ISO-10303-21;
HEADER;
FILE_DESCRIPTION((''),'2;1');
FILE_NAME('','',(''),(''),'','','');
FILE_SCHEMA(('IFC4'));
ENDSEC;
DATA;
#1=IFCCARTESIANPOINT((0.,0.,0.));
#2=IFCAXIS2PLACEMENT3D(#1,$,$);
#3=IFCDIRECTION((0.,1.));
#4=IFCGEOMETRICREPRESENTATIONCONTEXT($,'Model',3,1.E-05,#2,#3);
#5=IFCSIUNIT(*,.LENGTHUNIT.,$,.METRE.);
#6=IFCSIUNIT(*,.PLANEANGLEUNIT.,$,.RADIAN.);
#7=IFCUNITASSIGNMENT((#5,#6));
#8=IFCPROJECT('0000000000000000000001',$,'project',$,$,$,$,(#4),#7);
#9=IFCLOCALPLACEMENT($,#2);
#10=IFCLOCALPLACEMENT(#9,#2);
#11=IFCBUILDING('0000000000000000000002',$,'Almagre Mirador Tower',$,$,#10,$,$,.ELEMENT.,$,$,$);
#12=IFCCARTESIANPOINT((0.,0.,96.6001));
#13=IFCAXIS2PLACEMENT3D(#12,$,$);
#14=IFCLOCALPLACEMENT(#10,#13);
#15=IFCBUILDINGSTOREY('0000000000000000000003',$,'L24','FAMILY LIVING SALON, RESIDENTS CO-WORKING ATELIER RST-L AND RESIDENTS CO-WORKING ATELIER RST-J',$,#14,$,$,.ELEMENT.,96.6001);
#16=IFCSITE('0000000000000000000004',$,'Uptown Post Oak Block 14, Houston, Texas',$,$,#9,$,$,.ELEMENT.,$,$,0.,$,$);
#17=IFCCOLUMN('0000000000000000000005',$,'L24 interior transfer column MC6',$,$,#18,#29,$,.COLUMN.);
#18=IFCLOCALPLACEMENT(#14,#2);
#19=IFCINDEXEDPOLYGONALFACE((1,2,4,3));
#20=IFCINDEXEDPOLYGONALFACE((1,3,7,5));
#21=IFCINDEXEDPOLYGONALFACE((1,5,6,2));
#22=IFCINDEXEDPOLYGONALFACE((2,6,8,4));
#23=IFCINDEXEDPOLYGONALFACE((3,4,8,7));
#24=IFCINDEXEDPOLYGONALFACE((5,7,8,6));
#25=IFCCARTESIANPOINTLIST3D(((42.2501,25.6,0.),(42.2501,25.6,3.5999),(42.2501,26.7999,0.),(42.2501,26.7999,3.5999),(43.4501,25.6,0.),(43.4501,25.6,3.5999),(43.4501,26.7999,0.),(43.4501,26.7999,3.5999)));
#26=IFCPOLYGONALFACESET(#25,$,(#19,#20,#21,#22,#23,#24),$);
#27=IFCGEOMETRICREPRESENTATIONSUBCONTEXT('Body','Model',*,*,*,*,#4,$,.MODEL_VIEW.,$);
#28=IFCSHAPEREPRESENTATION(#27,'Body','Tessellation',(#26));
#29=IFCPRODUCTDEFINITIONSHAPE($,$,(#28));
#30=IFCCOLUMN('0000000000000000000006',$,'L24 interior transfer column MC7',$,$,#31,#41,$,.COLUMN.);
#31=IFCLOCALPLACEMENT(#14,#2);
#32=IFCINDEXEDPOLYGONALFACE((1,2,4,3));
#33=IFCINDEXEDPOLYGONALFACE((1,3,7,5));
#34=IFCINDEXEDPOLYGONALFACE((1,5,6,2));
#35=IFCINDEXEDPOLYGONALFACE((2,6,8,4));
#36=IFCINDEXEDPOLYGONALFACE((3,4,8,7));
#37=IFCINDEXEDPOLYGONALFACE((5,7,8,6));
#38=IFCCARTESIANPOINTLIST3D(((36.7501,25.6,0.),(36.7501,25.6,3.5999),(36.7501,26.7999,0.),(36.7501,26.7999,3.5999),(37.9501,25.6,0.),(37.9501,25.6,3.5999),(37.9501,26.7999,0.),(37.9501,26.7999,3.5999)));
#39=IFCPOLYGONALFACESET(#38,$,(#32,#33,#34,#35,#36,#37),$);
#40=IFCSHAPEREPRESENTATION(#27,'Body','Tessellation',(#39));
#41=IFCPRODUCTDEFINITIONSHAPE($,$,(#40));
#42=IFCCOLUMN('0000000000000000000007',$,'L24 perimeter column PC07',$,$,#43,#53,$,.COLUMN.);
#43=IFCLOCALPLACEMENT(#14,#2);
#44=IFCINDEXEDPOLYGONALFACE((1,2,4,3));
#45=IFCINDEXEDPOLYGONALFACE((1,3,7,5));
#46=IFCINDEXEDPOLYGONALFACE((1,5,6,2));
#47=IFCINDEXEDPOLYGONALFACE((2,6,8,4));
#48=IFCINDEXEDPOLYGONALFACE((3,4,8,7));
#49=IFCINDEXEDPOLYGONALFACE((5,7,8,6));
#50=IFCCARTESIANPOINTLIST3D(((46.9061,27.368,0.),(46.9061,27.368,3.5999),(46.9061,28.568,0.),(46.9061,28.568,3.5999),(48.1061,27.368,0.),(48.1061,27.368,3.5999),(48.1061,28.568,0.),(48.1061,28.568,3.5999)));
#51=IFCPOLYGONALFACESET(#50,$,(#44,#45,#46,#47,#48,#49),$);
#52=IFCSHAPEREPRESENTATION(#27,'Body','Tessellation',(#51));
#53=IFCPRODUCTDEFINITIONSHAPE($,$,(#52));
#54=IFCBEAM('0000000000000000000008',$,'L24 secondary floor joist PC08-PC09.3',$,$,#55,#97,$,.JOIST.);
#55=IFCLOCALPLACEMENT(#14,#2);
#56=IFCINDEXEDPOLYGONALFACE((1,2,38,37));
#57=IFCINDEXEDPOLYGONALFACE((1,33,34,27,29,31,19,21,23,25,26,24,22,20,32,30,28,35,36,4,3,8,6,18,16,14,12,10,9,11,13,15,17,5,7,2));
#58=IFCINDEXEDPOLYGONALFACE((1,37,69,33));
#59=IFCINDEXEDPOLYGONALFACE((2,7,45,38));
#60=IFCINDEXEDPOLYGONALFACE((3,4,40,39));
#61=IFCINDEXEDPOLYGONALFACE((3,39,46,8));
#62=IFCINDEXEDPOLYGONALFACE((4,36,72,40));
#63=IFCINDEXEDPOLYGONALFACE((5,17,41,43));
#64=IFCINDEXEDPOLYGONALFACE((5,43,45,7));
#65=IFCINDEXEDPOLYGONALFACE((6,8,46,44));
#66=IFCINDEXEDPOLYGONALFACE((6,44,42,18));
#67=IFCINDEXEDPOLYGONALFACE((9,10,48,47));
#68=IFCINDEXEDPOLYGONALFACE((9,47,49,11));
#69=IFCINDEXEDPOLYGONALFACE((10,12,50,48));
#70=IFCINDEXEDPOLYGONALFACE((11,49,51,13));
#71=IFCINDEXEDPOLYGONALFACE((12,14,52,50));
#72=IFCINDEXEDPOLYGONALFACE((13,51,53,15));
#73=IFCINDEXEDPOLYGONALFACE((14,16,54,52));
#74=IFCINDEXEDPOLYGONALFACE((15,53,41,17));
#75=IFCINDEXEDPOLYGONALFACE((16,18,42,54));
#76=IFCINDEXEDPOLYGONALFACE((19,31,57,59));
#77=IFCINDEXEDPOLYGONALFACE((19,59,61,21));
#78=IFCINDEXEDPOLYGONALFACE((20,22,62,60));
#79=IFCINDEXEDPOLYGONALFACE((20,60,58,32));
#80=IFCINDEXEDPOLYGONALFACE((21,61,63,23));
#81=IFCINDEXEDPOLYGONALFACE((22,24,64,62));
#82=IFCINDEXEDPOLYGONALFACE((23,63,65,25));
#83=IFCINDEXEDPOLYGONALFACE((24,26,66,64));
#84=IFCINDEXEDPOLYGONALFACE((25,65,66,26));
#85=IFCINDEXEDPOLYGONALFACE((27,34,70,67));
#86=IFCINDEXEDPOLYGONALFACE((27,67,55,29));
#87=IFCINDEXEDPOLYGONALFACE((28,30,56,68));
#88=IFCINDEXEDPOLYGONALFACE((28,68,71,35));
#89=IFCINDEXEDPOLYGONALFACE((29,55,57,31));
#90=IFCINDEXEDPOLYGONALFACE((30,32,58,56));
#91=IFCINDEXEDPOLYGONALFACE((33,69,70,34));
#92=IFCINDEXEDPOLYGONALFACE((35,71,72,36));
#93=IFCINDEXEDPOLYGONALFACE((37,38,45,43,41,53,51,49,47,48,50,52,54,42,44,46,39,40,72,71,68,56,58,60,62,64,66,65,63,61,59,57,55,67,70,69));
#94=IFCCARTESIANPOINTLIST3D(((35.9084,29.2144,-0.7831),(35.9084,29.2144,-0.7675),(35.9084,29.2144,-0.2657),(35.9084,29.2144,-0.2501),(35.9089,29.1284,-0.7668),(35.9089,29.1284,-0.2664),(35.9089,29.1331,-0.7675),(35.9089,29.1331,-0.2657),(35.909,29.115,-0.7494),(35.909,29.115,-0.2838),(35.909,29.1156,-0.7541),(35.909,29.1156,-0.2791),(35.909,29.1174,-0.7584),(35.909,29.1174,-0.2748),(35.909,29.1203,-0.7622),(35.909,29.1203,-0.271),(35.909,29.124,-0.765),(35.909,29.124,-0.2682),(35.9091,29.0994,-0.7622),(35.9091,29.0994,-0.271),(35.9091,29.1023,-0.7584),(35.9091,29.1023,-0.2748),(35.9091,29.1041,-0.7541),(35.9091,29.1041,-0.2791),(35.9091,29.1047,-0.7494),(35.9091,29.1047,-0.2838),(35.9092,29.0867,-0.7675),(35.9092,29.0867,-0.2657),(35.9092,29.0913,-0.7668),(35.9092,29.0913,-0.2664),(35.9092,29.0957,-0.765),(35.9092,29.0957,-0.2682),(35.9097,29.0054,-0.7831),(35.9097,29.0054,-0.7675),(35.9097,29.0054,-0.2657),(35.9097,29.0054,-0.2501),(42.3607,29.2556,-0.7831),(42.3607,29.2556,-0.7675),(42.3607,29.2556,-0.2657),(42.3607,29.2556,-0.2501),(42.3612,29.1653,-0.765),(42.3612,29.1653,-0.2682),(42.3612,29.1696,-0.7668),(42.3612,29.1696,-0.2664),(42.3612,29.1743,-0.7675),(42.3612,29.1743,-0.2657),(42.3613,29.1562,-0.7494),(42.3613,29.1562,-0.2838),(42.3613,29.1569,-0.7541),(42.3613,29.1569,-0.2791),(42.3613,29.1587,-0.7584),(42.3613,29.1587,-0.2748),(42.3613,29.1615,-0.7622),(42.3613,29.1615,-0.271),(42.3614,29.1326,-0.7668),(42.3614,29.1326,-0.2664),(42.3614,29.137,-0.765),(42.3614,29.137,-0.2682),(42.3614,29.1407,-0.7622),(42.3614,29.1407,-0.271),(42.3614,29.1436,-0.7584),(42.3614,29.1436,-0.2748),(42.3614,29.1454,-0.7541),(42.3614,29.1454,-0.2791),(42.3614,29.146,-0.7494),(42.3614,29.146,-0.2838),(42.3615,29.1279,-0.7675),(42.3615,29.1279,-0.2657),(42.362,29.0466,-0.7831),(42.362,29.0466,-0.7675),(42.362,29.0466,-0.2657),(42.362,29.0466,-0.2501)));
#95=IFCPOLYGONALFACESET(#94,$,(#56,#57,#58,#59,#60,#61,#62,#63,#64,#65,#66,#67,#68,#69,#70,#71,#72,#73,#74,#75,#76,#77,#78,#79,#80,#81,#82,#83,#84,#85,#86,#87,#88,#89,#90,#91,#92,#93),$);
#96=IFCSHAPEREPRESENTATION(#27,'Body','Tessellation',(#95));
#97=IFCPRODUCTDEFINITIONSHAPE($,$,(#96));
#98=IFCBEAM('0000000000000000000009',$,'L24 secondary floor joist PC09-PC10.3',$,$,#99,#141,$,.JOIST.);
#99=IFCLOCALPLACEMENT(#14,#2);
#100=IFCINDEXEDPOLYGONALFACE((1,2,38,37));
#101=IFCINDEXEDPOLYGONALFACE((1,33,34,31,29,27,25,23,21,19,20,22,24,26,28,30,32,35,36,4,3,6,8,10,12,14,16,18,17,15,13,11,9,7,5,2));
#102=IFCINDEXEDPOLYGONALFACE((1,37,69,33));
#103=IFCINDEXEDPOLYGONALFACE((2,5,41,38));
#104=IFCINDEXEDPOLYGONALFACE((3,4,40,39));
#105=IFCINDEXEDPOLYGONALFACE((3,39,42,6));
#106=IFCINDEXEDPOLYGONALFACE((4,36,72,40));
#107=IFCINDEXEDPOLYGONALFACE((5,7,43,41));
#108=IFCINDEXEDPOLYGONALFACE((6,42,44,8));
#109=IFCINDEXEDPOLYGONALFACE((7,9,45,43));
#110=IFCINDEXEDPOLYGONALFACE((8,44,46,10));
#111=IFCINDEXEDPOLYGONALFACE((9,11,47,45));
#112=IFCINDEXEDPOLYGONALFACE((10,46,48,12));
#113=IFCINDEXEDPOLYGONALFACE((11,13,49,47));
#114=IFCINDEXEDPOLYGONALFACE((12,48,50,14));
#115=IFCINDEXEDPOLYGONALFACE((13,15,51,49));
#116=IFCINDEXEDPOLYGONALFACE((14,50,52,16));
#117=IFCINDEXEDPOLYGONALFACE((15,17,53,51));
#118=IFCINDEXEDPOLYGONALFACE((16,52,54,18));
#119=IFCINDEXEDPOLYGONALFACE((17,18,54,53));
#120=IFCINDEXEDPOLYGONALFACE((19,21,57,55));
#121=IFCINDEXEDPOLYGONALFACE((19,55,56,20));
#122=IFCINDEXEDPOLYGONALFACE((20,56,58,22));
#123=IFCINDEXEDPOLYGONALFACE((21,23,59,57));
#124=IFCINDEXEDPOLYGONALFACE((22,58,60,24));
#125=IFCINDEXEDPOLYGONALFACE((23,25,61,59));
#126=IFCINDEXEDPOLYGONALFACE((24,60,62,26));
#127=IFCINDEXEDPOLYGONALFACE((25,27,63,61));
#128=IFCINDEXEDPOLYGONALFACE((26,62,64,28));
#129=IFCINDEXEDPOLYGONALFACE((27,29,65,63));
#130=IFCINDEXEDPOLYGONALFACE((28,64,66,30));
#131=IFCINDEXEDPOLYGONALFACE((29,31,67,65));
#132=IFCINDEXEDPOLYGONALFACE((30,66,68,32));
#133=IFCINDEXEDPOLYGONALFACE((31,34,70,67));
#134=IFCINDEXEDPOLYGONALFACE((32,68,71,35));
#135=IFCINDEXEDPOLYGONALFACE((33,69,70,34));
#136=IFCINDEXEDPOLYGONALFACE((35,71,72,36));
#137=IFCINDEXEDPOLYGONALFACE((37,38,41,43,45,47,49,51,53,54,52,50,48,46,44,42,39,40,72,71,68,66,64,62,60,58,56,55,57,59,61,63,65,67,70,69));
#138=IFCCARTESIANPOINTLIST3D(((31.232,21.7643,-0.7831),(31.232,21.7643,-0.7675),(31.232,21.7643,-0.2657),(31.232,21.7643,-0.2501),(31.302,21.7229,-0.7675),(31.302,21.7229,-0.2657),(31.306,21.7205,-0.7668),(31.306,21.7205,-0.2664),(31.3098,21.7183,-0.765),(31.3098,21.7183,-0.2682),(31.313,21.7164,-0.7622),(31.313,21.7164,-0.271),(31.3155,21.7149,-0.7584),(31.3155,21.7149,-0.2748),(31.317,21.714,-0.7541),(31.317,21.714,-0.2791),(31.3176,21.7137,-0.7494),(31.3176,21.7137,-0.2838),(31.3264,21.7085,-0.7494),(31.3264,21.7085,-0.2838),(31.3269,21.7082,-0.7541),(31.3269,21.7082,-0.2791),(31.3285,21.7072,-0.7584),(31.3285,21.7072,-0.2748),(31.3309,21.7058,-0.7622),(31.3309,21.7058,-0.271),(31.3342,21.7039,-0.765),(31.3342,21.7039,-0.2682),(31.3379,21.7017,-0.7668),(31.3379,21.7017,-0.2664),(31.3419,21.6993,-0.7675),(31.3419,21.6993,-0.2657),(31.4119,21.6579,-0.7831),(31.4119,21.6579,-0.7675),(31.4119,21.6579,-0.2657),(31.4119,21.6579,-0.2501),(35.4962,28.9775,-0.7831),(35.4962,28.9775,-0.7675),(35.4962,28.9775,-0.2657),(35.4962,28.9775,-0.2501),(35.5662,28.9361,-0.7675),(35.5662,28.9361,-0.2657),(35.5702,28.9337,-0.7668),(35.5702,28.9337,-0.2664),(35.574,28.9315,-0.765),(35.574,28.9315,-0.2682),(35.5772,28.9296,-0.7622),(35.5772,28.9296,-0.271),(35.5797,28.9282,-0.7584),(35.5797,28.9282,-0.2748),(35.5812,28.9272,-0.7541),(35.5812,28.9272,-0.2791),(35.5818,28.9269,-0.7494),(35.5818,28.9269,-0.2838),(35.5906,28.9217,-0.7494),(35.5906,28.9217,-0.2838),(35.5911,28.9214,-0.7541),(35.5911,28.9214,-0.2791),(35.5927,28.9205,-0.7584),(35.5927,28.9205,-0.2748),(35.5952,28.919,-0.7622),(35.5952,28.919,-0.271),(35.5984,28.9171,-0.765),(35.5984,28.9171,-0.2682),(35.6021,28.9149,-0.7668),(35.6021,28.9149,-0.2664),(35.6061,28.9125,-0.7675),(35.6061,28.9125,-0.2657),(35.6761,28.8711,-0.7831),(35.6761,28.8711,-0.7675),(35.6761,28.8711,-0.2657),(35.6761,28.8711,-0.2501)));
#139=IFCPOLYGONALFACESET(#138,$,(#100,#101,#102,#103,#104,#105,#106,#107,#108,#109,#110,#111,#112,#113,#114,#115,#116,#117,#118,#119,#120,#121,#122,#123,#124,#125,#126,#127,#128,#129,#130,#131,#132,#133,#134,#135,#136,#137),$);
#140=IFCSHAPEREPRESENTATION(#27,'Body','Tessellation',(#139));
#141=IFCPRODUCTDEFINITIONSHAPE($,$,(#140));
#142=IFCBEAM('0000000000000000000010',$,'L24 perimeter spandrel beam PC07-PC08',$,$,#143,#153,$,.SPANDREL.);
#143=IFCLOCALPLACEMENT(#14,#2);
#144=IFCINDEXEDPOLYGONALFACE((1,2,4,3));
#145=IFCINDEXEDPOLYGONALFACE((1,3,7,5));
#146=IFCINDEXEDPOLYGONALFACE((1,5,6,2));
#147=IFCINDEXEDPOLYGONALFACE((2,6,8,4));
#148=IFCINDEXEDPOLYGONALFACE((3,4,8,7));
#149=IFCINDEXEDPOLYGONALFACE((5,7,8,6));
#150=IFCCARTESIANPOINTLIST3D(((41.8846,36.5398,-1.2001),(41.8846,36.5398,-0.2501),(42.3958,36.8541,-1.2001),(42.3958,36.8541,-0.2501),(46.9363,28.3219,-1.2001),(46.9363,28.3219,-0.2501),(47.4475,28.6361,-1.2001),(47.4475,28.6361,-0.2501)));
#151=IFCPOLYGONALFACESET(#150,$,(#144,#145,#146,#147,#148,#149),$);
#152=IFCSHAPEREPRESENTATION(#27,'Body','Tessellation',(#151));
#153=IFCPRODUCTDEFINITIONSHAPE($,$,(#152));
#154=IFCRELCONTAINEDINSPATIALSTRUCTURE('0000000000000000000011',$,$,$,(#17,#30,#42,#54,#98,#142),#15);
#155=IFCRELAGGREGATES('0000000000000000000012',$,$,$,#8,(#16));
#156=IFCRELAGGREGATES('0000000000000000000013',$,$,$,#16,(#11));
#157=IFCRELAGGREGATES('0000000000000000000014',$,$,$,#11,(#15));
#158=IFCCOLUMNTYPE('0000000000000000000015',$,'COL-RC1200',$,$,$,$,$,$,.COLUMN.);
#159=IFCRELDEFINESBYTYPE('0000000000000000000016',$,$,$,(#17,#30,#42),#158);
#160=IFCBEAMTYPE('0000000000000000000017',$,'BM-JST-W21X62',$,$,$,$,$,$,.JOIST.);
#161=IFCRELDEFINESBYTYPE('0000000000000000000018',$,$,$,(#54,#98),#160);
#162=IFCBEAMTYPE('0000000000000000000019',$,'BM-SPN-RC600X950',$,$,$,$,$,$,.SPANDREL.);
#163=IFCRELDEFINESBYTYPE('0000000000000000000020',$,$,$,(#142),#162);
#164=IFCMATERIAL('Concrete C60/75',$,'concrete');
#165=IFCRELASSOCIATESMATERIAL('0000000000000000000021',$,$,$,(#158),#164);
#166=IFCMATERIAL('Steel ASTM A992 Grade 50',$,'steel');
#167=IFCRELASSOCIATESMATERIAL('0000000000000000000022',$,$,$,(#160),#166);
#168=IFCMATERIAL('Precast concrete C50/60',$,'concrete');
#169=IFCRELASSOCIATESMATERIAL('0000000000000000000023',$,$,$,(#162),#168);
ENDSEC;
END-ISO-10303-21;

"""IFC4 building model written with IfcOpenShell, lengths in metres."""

from ifc_helpers import new_model, si_unit, direction, frame, origin, origin_2d, place, context, subcontext, project, spatial, rectangle, i_section, extrude, material, material_profile, profile_set, type_object, element, save


model = new_model("IFC4")

# Units and contexts
model_context = context("Model", 3, precision=1e-05, world=origin(), true_north=direction((0.0, 1.0)))
body_context = subcontext(model_context, "Body", "Model", "MODEL_VIEW")
ifc_project = project(units=[si_unit("LENGTHUNIT", "METRE"), si_unit("PLANEANGLEUNIT", "RADIAN")], contexts=[model_context])

# Site, building, storey
site_placement = place(None, origin())
site = spatial("IfcSite", under=ifc_project, at=site_placement, Name="Uptown Post Oak Block 14, Houston, Texas", CompositionType="ELEMENT", RefElevation=0.0)
building_placement = place(site_placement, origin())
building = spatial("IfcBuilding", under=site, at=building_placement, Name="Almagre Mirador Tower", CompositionType="ELEMENT")
storey_placement = place(building_placement, frame((0.0, 0.0, 96.6001)))
storey = spatial("IfcBuildingStorey", under=building, at=storey_placement, Name="L24", Description="FAMILY LIVING SALON, RESIDENTS CO-WORKING ATELIER RST-L AND RESIDENTS CO-WORKING ATELIER RST-J", CompositionType="ELEMENT", Elevation=96.6001)

# Columns
ifc_material_1 = material(Name="Concrete C60/75", Category="concrete")
ifc_material_profile_1 = material_profile(ifc_material_1, rectangle(XDim=1.2, YDim=1.2, at=origin_2d()), Name="RC1200X1200")
ifc_profile_set_1 = profile_set([ifc_material_profile_1], Name="Concrete C60/75")
column_type = type_object("IfcColumnType", Name="COL-RC1200", PredefinedType="COLUMN", material=ifc_profile_set_1)
for number, where, z_axis, x_axis, name in (
    (1, (42.8501, 26.2, 0.0), (0.0, 0.0, 1.0), (1.0, 0.0, 0.0), "L24 interior transfer column MC6"),
    (2, (37.3501, 26.2, 0.0), (0.0, 0.0, 1.0), (1.0, 0.0, 0.0), "L24 interior transfer column MC7"),
    (3, (47.5061, 27.968, 0.0), (0.0, 0.0, 1.0), (1.0, 0.0, 0.0), "L24 perimeter column PC07"),
):
    element("IfcColumn", number, at=place(storey_placement, frame(where, z_axis=z_axis, x_axis=x_axis)), inside=storey, type_object=column_type, Name=name, PredefinedType="COLUMN", context=body_context, shape_type="SweptSolid", body=[
        extrude(rectangle(XDim=1.2, YDim=1.2, at=origin_2d()), origin(), (0.0, 0.0, 1.0), 3.5999),
    ])

# Beams
ifc_material_2 = material(Name="Steel ASTM A992 Grade 50", Category="steel")
ifc_material_profile_2 = material_profile(ifc_material_2, i_section(OverallWidth=0.209, OverallDepth=0.533, WebThickness=0.0103, FlangeThickness=0.0156, FilletRadius=0.0181, at=origin_2d()), Name="W21X62")
ifc_profile_set_2 = profile_set([ifc_material_profile_2], Name="Steel ASTM A992 Grade 50")
beam_type_1 = type_object("IfcBeamType", Name="BM-JST-W21X62", PredefinedType="JOIST", material=ifc_profile_set_2)
beam_1_placement = place(storey_placement, frame((42.3613, 29.1511, -0.5166), z_axis=(-0.99998, -0.006395, 0.0), x_axis=(0.006395, -0.99998, 0.0)))
element("IfcBeam", 4, at=beam_1_placement, inside=storey, type_object=beam_type_1, Name="L24 secondary floor joist PC08-PC09.3", PredefinedType="JOIST", context=body_context, shape_type="SweptSolid", body=[
    extrude(i_section(OverallWidth=0.209, OverallDepth=0.533, WebThickness=0.0103, FlangeThickness=0.0156, FilletRadius=0.0181, at=origin_2d()), origin(), (0.0, 0.0, 1.0), 6.4524),
])
beam_2_placement = place(storey_placement, frame((35.5862, 28.9243, -0.5166), z_axis=(-0.508893, -0.86083, 0.0), x_axis=(0.86083, -0.508893, 0.0)))
element("IfcBeam", 5, at=beam_2_placement, inside=storey, type_object=beam_type_1, Name="L24 secondary floor joist PC09-PC10.3", PredefinedType="JOIST", context=body_context, shape_type="SweptSolid", body=[
    extrude(i_section(OverallWidth=0.209, OverallDepth=0.533, WebThickness=0.0103, FlangeThickness=0.0156, FilletRadius=0.0181, at=origin_2d()), origin(), (0.0, 0.0, 1.0), 8.3794),
])
ifc_material_3 = material(Name="Precast concrete C50/60", Category="concrete")
ifc_material_profile_3 = material_profile(ifc_material_3, rectangle(XDim=0.6001, YDim=0.95, at=origin_2d()), Name="RC600X950")
ifc_profile_set_3 = profile_set([ifc_material_profile_3], Name="Precast concrete C50/60")
beam_type_2 = type_object("IfcBeamType", Name="BM-SPN-RC600X950", PredefinedType="SPANDREL", material=ifc_profile_set_3)
beam_3_placement = place(storey_placement, frame((47.1919, 28.479, -0.7251), z_axis=(-0.523685, 0.851912, 0.0), x_axis=(-0.851912, -0.523685, 0.0)))
element("IfcBeam", 6, at=beam_3_placement, inside=storey, type_object=beam_type_2, Name="L24 perimeter spandrel beam PC07-PC08", PredefinedType="SPANDREL", context=body_context, shape_type="SweptSolid", body=[
    extrude(rectangle(XDim=0.6001, YDim=0.95, at=origin_2d()), origin(), (0.0, 0.0, 1.0), 9.6465),
])

save(model, "model.ifc")
